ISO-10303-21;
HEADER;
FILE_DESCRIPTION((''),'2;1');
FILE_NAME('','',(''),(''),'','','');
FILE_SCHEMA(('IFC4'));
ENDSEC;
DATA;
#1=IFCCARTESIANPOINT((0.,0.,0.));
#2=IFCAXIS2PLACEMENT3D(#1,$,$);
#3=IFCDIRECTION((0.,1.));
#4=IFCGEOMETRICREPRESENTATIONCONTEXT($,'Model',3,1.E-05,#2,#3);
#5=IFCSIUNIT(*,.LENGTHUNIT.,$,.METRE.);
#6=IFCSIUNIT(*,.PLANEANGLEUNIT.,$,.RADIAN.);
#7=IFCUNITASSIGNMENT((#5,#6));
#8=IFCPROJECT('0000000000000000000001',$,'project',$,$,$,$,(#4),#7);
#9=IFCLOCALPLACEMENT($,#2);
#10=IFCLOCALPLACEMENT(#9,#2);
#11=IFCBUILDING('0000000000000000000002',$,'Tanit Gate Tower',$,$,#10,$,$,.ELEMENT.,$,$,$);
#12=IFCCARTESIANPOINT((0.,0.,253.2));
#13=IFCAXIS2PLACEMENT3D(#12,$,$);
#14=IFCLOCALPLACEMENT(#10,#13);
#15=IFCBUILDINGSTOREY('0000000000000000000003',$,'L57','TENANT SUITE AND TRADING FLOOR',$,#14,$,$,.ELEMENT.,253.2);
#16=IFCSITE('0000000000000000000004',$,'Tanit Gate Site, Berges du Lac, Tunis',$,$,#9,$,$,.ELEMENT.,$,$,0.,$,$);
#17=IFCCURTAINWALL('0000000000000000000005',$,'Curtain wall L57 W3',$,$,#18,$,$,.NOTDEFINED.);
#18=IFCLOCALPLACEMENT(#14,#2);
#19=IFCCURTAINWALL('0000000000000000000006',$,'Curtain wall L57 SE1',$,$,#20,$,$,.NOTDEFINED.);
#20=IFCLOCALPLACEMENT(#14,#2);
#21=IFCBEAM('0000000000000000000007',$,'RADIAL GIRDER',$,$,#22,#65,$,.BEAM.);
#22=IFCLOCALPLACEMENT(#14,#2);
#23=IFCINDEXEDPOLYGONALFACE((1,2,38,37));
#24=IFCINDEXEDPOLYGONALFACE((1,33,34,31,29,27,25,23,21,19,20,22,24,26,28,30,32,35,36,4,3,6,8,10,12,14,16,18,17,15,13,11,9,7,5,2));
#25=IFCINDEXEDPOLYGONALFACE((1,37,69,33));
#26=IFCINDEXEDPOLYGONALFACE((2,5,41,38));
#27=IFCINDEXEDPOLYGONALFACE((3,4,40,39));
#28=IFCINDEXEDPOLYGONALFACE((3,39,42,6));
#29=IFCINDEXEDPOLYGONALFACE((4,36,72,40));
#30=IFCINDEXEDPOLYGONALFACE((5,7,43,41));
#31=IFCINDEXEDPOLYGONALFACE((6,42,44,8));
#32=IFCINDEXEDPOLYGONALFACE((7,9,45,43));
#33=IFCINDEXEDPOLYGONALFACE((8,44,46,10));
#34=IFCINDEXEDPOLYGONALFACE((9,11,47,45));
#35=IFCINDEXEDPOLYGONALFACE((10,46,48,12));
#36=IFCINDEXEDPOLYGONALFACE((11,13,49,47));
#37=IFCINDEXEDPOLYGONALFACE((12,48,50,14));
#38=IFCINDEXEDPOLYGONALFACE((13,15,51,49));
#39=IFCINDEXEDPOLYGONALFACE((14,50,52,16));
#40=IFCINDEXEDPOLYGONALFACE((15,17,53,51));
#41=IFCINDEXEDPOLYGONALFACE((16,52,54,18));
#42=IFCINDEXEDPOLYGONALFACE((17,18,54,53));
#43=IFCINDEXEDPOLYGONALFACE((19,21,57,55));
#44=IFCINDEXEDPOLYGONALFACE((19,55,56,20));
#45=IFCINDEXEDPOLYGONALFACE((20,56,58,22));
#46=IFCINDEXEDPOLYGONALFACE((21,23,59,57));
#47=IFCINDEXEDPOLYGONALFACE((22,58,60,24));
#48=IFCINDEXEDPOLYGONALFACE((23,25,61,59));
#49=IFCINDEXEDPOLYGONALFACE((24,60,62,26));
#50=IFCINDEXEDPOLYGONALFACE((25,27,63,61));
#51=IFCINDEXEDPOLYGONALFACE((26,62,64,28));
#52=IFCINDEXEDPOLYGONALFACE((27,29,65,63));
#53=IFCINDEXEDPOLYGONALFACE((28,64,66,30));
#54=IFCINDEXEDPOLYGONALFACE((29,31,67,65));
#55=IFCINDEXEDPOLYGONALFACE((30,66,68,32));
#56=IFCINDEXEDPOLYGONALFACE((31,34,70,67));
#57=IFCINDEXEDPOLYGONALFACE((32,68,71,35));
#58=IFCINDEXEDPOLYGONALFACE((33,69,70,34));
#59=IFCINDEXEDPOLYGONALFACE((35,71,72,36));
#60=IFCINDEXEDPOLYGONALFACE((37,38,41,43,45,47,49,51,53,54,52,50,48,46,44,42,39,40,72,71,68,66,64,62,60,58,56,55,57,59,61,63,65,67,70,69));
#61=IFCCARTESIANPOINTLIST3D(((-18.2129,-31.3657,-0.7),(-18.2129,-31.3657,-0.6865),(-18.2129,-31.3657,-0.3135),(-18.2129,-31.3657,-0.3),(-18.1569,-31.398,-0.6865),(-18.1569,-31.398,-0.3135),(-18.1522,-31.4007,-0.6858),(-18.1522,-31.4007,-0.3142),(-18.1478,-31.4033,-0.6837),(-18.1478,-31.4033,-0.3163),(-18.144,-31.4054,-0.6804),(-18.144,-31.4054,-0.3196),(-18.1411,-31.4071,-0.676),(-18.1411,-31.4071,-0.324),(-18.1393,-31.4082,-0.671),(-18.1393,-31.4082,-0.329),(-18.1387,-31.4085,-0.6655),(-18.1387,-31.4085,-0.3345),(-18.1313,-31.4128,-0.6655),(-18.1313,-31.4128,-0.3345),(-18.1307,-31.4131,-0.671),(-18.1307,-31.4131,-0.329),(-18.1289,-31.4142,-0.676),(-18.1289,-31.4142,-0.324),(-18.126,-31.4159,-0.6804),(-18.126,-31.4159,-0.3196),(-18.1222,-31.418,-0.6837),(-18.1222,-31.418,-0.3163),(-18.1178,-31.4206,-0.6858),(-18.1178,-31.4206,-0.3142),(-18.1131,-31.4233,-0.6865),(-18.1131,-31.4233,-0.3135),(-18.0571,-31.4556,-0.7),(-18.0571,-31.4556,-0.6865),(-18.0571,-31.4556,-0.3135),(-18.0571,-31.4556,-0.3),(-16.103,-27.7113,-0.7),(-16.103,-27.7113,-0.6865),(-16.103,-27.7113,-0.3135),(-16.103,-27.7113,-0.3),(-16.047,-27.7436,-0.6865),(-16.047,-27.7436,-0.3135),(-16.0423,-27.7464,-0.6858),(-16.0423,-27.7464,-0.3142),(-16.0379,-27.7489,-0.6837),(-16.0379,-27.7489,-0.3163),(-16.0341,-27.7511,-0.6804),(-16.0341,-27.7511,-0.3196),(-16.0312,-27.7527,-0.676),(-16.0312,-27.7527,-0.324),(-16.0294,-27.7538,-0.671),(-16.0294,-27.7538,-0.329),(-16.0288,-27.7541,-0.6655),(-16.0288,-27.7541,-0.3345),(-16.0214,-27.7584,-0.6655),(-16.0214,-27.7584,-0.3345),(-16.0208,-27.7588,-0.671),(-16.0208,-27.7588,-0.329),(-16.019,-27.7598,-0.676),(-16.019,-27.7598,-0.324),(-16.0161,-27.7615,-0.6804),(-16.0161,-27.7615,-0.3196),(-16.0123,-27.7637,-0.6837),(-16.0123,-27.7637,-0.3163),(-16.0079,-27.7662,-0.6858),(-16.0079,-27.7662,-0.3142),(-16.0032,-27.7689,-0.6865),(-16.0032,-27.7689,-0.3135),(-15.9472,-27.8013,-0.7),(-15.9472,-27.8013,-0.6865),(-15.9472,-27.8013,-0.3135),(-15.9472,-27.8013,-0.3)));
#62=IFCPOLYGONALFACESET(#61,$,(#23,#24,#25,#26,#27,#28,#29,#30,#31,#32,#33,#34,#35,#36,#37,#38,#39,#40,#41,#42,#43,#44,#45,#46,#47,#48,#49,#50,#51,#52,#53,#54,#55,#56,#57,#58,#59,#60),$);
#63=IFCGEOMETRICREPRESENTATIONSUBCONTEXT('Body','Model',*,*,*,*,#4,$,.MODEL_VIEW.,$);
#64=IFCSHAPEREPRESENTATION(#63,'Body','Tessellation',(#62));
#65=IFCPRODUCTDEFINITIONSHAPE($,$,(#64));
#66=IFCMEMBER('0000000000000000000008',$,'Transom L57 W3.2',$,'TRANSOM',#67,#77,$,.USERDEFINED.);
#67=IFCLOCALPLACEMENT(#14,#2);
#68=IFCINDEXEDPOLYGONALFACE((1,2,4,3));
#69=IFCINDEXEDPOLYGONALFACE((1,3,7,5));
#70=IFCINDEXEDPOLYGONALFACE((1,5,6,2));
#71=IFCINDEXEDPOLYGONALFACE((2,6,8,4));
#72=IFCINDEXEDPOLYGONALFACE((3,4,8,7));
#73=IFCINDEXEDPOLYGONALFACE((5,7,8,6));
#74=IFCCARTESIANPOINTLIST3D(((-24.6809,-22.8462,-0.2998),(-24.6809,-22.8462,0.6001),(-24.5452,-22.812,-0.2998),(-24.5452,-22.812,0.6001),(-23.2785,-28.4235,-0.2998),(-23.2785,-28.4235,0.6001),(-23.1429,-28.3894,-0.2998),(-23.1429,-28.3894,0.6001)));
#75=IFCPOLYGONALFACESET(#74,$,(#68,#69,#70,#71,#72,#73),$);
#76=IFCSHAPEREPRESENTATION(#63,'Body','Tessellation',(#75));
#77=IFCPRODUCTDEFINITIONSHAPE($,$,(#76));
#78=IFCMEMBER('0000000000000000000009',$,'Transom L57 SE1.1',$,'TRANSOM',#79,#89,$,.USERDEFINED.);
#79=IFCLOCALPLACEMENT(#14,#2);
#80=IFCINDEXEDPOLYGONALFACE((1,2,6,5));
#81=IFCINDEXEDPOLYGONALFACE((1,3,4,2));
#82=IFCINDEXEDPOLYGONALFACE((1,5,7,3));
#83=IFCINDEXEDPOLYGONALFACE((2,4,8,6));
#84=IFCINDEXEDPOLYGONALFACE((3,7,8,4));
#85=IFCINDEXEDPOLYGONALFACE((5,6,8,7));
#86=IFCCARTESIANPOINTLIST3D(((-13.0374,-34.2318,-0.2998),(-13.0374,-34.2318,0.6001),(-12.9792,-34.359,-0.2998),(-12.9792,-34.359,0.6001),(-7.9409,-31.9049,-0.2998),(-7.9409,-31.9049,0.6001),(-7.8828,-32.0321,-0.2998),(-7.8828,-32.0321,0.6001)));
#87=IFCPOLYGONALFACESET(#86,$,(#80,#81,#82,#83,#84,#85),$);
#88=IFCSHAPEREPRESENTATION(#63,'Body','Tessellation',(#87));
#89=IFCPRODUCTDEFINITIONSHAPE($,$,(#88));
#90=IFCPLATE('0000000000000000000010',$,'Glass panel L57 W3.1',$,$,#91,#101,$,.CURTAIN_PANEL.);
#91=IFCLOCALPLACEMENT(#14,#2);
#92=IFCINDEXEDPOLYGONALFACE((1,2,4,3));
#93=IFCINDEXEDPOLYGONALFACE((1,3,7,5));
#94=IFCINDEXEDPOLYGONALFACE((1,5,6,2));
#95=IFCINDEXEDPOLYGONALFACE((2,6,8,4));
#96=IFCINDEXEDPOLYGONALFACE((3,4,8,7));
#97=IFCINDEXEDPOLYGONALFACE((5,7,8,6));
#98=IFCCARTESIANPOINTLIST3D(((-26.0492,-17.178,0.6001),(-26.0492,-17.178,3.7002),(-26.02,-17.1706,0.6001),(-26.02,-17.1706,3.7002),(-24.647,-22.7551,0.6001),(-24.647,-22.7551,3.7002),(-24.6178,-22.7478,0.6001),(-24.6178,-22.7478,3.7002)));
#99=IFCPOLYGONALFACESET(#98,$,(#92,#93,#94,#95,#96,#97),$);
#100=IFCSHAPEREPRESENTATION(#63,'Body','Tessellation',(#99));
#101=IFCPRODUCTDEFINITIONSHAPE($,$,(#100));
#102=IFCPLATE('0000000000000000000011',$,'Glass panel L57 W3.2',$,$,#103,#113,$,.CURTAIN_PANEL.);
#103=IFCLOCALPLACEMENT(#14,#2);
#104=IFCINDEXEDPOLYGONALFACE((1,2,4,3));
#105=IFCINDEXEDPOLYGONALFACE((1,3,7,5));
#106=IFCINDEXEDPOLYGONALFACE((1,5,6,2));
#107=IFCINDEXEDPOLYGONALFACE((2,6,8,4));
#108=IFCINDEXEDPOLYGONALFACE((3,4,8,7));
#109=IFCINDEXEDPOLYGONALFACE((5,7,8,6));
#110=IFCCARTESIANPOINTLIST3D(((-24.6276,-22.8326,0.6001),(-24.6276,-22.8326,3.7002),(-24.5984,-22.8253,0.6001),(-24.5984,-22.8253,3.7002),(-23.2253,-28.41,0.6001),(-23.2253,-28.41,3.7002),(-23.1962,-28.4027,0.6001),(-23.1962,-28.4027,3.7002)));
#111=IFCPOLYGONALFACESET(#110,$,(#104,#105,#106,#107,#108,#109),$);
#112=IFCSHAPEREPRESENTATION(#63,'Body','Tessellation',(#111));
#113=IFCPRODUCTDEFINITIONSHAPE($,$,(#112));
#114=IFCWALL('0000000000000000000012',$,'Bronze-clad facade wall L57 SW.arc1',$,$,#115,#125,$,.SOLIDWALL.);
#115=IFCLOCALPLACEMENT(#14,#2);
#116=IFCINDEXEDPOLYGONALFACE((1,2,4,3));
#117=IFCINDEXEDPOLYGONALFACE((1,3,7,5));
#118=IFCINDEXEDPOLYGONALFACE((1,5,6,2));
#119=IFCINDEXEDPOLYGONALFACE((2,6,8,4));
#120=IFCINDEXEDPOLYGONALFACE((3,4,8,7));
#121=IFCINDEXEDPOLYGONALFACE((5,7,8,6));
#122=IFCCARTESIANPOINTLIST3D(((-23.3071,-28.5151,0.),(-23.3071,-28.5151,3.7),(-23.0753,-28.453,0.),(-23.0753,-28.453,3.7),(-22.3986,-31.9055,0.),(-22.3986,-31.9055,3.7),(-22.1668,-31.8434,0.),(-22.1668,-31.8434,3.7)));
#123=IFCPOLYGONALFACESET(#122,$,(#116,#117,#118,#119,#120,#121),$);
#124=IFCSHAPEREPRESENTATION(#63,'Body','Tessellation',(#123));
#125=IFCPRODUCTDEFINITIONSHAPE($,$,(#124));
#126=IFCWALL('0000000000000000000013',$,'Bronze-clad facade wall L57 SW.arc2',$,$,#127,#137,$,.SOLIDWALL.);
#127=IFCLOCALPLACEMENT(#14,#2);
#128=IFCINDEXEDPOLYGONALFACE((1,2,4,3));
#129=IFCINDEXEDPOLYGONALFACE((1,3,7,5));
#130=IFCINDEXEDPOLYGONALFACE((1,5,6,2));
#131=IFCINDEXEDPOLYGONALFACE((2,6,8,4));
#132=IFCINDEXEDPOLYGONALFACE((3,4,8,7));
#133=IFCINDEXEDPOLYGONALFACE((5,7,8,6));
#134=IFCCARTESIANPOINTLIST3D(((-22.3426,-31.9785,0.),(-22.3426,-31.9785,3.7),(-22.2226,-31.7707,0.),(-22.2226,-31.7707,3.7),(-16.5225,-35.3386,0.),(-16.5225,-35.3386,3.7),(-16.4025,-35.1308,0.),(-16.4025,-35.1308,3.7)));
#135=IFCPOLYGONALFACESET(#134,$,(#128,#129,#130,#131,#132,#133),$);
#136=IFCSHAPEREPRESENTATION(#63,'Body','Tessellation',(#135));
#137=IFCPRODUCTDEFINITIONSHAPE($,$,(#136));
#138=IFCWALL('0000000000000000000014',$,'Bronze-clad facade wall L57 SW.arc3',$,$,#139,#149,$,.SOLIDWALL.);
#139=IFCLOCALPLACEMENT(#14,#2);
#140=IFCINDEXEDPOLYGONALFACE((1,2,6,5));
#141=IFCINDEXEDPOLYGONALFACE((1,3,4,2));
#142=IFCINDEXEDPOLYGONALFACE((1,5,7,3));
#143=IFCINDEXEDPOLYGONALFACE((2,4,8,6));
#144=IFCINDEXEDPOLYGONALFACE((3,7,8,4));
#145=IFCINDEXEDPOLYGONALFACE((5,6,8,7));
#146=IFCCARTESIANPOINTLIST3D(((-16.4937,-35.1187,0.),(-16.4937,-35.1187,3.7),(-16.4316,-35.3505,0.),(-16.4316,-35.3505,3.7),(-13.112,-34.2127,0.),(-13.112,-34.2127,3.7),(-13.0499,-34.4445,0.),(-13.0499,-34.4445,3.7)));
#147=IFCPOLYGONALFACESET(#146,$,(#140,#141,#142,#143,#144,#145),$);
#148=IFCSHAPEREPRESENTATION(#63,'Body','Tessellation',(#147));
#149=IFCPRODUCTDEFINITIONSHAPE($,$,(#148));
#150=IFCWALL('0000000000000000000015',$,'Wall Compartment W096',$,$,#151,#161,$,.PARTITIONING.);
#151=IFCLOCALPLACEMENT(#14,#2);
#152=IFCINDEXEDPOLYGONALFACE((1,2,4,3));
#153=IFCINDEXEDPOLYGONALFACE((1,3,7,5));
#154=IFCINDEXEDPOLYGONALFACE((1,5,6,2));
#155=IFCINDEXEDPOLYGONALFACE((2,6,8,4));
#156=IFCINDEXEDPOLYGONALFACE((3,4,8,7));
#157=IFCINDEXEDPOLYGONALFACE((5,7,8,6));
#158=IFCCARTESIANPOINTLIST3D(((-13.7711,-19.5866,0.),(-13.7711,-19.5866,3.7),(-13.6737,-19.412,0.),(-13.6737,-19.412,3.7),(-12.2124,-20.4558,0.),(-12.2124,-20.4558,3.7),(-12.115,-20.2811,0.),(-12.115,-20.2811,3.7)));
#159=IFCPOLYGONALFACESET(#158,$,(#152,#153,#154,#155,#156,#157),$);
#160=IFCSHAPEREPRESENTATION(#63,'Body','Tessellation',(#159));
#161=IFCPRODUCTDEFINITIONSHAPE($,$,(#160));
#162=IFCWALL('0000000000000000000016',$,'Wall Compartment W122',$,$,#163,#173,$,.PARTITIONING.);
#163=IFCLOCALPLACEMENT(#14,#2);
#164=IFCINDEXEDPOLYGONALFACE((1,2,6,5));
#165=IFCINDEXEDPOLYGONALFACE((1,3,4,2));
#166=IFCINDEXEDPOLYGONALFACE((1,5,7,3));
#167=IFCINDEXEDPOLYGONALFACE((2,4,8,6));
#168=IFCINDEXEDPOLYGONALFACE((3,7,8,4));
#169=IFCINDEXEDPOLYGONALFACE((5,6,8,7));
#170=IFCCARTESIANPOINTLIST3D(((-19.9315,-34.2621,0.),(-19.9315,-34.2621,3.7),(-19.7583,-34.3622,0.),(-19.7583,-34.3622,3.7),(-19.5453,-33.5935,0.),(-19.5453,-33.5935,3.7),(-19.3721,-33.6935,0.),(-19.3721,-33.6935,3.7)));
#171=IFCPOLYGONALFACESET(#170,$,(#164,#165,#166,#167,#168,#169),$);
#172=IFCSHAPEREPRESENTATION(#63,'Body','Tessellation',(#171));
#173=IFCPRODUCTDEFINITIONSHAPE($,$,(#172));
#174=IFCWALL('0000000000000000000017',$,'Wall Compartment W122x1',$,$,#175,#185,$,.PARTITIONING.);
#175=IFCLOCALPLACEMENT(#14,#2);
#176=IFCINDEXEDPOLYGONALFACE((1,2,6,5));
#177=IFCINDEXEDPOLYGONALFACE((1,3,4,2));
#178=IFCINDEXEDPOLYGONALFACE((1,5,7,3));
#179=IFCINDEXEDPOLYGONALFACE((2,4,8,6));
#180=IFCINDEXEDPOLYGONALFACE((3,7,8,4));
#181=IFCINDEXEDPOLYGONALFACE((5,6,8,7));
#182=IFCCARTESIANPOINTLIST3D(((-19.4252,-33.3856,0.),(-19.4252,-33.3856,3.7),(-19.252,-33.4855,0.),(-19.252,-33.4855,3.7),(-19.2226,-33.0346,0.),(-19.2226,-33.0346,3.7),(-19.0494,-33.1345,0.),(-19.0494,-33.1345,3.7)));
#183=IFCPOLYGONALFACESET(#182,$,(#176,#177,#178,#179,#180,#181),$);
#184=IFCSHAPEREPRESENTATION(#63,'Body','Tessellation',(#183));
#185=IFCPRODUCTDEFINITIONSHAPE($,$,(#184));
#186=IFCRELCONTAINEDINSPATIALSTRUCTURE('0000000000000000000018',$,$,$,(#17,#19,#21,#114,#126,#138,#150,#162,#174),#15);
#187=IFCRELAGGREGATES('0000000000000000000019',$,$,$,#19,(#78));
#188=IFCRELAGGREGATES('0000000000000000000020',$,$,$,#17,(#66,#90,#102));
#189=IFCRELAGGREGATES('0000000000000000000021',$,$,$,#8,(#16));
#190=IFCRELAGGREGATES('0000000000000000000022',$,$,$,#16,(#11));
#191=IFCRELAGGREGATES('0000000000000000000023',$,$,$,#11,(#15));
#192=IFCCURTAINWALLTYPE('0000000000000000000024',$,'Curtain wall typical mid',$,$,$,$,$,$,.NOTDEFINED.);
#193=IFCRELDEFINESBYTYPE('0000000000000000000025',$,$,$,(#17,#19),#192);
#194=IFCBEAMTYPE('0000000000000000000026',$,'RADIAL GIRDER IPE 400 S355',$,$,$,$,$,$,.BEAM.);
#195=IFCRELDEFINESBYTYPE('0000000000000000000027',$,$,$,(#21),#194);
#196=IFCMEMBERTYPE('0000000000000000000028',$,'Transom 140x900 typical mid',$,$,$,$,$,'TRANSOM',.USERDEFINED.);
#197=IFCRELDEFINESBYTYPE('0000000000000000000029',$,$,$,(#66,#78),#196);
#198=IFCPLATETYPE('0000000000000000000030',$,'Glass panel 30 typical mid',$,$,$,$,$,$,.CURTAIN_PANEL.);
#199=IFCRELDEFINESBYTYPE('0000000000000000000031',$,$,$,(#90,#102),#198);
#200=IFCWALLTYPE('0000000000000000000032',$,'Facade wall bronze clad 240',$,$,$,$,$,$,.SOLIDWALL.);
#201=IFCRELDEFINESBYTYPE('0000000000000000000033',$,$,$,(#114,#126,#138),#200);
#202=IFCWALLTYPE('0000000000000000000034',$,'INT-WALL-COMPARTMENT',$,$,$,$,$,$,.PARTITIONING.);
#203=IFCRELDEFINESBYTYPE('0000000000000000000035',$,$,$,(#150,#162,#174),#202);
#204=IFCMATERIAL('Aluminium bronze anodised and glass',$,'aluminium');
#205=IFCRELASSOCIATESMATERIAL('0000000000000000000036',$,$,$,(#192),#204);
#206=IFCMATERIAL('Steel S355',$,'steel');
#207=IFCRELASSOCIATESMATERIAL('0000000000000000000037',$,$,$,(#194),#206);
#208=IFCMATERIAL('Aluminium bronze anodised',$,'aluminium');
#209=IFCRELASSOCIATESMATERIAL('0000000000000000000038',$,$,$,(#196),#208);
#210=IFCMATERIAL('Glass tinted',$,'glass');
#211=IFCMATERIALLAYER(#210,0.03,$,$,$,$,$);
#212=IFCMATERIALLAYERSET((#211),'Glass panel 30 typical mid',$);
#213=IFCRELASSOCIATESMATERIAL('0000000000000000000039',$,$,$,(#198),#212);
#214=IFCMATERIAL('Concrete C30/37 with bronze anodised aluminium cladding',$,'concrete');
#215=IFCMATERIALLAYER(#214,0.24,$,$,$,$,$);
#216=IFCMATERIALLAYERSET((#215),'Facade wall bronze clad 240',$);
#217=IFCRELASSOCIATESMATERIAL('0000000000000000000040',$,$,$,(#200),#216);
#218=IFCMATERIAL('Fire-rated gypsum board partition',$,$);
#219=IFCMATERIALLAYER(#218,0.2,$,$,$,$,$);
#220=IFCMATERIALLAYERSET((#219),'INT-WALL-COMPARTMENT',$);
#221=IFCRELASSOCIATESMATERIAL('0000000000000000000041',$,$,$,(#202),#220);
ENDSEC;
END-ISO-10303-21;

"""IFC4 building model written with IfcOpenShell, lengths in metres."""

from ifc_helpers import new_model, si_unit, direction, frame, frame_2d, origin, origin_2d, place, context, subcontext, project, spatial, rectangle, i_section, extrude, material, layer, layer_set, material_profile, profile_set, type_object, element, aggregate, save


model = new_model("IFC4")

# Units and contexts
model_context = context("Model", 3, precision=1e-05, world=origin(), true_north=direction((0.0, 1.0)))
body_context = subcontext(model_context, "Body", "Model", "MODEL_VIEW")
ifc_project = project(units=[si_unit("LENGTHUNIT", "METRE"), si_unit("PLANEANGLEUNIT", "RADIAN")], contexts=[model_context])

# Site, building, storey
site_placement = place(None, origin())
site = spatial("IfcSite", under=ifc_project, at=site_placement, Name="Tanit Gate Site, Berges du Lac, Tunis", CompositionType="ELEMENT", RefElevation=0.0)
building_placement = place(site_placement, origin())
building = spatial("IfcBuilding", under=site, at=building_placement, Name="Tanit Gate Tower", CompositionType="ELEMENT")
storey_placement = place(building_placement, frame((0.0, 0.0, 253.2)))
storey = spatial("IfcBuildingStorey", under=building, at=storey_placement, Name="L57", Description="TENANT SUITE AND TRADING FLOOR", CompositionType="ELEMENT", Elevation=253.2)

# Curtain wall
ifc_material_1 = material(Name="Aluminium bronze anodised and glass", Category="aluminium")
curtain_wall_type = type_object("IfcCurtainWallType", Name="Curtain wall typical mid", PredefinedType="NOTDEFINED", material=ifc_material_1)
curtain_wall_1_placement = place(storey_placement, origin())
curtain_wall_1 = element("IfcCurtainWall", 1, at=curtain_wall_1_placement, inside=storey, type_object=curtain_wall_type, Name="Curtain wall L57 W3", PredefinedType="NOTDEFINED")

# Curtain wall
curtain_wall_2_placement = place(storey_placement, origin())
curtain_wall_2 = element("IfcCurtainWall", 2, at=curtain_wall_2_placement, inside=storey, type_object=curtain_wall_type, Name="Curtain wall L57 SE1", PredefinedType="NOTDEFINED")

# Beam
ifc_material_2 = material(Name="Steel S355", Category="steel")
ifc_material_profile_1 = material_profile(ifc_material_2, i_section(OverallWidth=0.1799, OverallDepth=0.3999, WebThickness=0.0085, FlangeThickness=0.0134, FilletRadius=0.021, at=origin_2d()), Name="IPE 400")
ifc_profile_set_1 = profile_set([ifc_material_profile_1], Name="Steel S355")
beam_type_1 = type_object("IfcBeamType", Name="RADIAL GIRDER IPE 400 S355", PredefinedType="BEAM", material=ifc_profile_set_1)
beam_1_placement = place(storey_placement, frame((-18.135, -31.4106, -0.5), z_axis=(0.50001, 0.86602, 0.0), x_axis=(-0.86602, 0.50001, 0.0)))
element("IfcBeam", 3, at=beam_1_placement, inside=storey, type_object=beam_type_1, Name="RADIAL GIRDER", PredefinedType="BEAM", context=body_context, shape_type="SweptSolid", body=[
    extrude(i_section(OverallWidth=0.1799, OverallDepth=0.3999, WebThickness=0.0085, FlangeThickness=0.0134, FilletRadius=0.021, at=origin_2d()), origin(), (0.0, 0.0, 1.0), 4.2197),
])

# Members
ifc_material_3 = material(Name="Aluminium bronze anodised", Category="aluminium")
ifc_material_profile_2 = material_profile(ifc_material_3, rectangle(XDim=0.1399, YDim=0.8999, at=origin_2d()), Name="140x900 bronze transom")
ifc_profile_set_2 = profile_set([ifc_material_profile_2], Name="Aluminium bronze anodised")
member_type_1 = type_object("IfcMemberType", Name="Transom 140x900 typical mid", ElementType="TRANSOM", PredefinedType="USERDEFINED", material=ifc_profile_set_2)
member_1_placement = place(storey_placement, frame((-24.613, -22.8291, 0.1501), z_axis=(0.243844, -0.969814, 0.0), x_axis=(0.969814, 0.243844, 0.0)))
member_1 = element("IfcMember", 4, at=member_1_placement, type_object=member_type_1, Name="Transom L57 W3.2", ObjectType="TRANSOM", PredefinedType="USERDEFINED", context=body_context, shape_type="SweptSolid", body=[
    extrude(rectangle(XDim=0.1399, YDim=0.8999, at=origin_2d()), origin(), (0.0, 0.0, 1.0), 5.751),
])
member_2_placement = place(storey_placement, frame((-13.0083, -34.2954, 0.1501), z_axis=(0.90967, 0.415332, 0.0), x_axis=(-0.415332, 0.90967, 0.0)))
member_2 = element("IfcMember", 5, at=member_2_placement, type_object=member_type_1, Name="Transom L57 SE1.1", ObjectType="TRANSOM", PredefinedType="USERDEFINED", context=body_context, shape_type="SweptSolid", body=[
    extrude(rectangle(XDim=0.1399, YDim=0.8999, at=origin_2d()), origin(), (0.0, 0.0, 1.0), 5.6025),
])
aggregate(curtain_wall_2, [member_2])

# Plates
ifc_material_4 = material(Name="Glass tinted", Category="glass")
ifc_layer_1 = layer(ifc_material_4, 0.03)
ifc_layer_set_1 = layer_set([ifc_layer_1], Name="Glass panel 30 typical mid")
plate_type = type_object("IfcPlateType", Name="Glass panel 30 typical mid", PredefinedType="CURTAIN_PANEL", material=ifc_layer_set_1)
plate_1_placement = place(storey_placement, frame((-25.3335, -19.9629, 0.6001), z_axis=(0.0, 0.0, 1.0), x_axis=(0.243832, -0.969818, 0.0)))
plate_1 = element("IfcPlate", 6, at=plate_1_placement, type_object=plate_type, Name="Glass panel L57 W3.1", PredefinedType="CURTAIN_PANEL", context=body_context, shape_type="SweptSolid", body=[
    extrude(rectangle(XDim=5.7507, YDim=0.03, at=origin_2d()), origin(), (0.0, 0.0, 1.0), 3.1001),
])
plate_2_placement = place(storey_placement, frame((-23.9119, -25.6177, 0.6001), z_axis=(0.0, 0.0, 1.0), x_axis=(0.243832, -0.969818, 0.0)))
plate_2 = element("IfcPlate", 7, at=plate_2_placement, type_object=plate_type, Name="Glass panel L57 W3.2", PredefinedType="CURTAIN_PANEL", context=body_context, shape_type="SweptSolid", body=[
    extrude(rectangle(XDim=5.751, YDim=0.03, at=origin_2d()), origin(), (0.0, 0.0, 1.0), 3.1001),
])
aggregate(curtain_wall_1, [member_1, plate_1, plate_2])

# Walls
ifc_material_5 = material(Name="Concrete C30/37 with bronze anodised aluminium cladding", Category="concrete")
ifc_layer_2 = layer(ifc_material_5, 0.24)
ifc_layer_set_2 = layer_set([ifc_layer_2], Name="Facade wall bronze clad 240")
wall_type_1 = type_object("IfcWallType", Name="Facade wall bronze clad 240", PredefinedType="SOLIDWALL", material=ifc_layer_set_2)
wall_1_placement = place(storey_placement, frame((-23.1912, -28.4841, 0.0), z_axis=(0.0, 0.0, 1.0), x_axis=(0.258818, -0.965926, 0.0)))
element("IfcWall", 8, at=wall_1_placement, inside=storey, type_object=wall_type_1, Name="Bronze-clad facade wall L57 SW.arc1", PredefinedType="SOLIDWALL", context=body_context, shape_type="SweptSolid", body=[
    extrude(rectangle(XDim=3.51, YDim=0.24, at=frame_2d((1.7549, 0.0))), origin(), (0.0, 0.0, 1.0), 3.7),
])
wall_2_placement = place(storey_placement, frame((-22.2827, -31.8745, 0.0), z_axis=(0.0, 0.0, 1.0), x_axis=(0.866033, -0.499988, 0.0)))
element("IfcWall", 9, at=wall_2_placement, inside=storey, type_object=wall_type_1, Name="Bronze-clad facade wall L57 SW.arc2", PredefinedType="SOLIDWALL", context=body_context, shape_type="SweptSolid", body=[
    extrude(rectangle(XDim=6.7205, YDim=0.24, at=frame_2d((3.3604, 0.0))), origin(), (0.0, 0.0, 1.0), 3.7),
])
wall_3_placement = place(storey_placement, frame((-16.4626, -35.2346, 0.0), z_axis=(0.0, 0.0, 1.0), x_axis=(0.965932, 0.258795, 0.0)))
element("IfcWall", 10, at=wall_3_placement, inside=storey, type_object=wall_type_1, Name="Bronze-clad facade wall L57 SW.arc3", PredefinedType="SOLIDWALL", context=body_context, shape_type="SweptSolid", body=[
    extrude(rectangle(XDim=3.501, YDim=0.24, at=frame_2d((1.7505, 0.0))), origin(), (0.0, 0.0, 1.0), 3.7),
])
ifc_material_6 = material(Name="Fire-rated gypsum board partition")
ifc_layer_3 = layer(ifc_material_6, 0.2)
ifc_layer_set_3 = layer_set([ifc_layer_3], Name="INT-WALL-COMPARTMENT")
wall_type_2 = type_object("IfcWallType", Name="INT-WALL-COMPARTMENT", PredefinedType="PARTITIONING", material=ifc_layer_set_3)
wall_4_placement = place(storey_placement, frame((-13.7224, -19.4993, 0.0), z_axis=(0.0, 0.0, 1.0), x_axis=(0.873382, -0.487036, 0.0)))
element("IfcWall", 11, at=wall_4_placement, inside=storey, type_object=wall_type_2, Name="Wall Compartment W096", PredefinedType="PARTITIONING", context=body_context, shape_type="SweptSolid", body=[
    extrude(rectangle(XDim=1.7847, YDim=0.2, at=frame_2d((0.8923, 0.0))), origin(), (0.0, 0.0, 1.0), 3.7),
])
wall_5_placement = place(storey_placement, frame((-19.845, -34.3123, 0.0), z_axis=(0.0, 0.0, 1.0), x_axis=(0.500151, 0.865938, 0.0)))
element("IfcWall", 12, at=wall_5_placement, inside=storey, type_object=wall_type_2, Name="Wall Compartment W122", PredefinedType="PARTITIONING", context=body_context, shape_type="SweptSolid", body=[
    extrude(rectangle(XDim=0.7722, YDim=0.2, at=frame_2d((0.3862, 0.0))), origin(), (0.0, 0.0, 1.0), 3.7),
])
wall_6_placement = place(storey_placement, frame((-19.3386, -33.4355, 0.0), z_axis=(0.0, 0.0, 1.0), x_axis=(0.499896, 0.866085, 0.0)))
element("IfcWall", 13, at=wall_6_placement, inside=storey, type_object=wall_type_2, Name="Wall Compartment W122x1", PredefinedType="PARTITIONING", context=body_context, shape_type="SweptSolid", body=[
    extrude(rectangle(XDim=0.4053, YDim=0.2, at=frame_2d((0.2026, 0.0))), origin(), (0.0, 0.0, 1.0), 3.7),
])

save(model, "model.ifc")
